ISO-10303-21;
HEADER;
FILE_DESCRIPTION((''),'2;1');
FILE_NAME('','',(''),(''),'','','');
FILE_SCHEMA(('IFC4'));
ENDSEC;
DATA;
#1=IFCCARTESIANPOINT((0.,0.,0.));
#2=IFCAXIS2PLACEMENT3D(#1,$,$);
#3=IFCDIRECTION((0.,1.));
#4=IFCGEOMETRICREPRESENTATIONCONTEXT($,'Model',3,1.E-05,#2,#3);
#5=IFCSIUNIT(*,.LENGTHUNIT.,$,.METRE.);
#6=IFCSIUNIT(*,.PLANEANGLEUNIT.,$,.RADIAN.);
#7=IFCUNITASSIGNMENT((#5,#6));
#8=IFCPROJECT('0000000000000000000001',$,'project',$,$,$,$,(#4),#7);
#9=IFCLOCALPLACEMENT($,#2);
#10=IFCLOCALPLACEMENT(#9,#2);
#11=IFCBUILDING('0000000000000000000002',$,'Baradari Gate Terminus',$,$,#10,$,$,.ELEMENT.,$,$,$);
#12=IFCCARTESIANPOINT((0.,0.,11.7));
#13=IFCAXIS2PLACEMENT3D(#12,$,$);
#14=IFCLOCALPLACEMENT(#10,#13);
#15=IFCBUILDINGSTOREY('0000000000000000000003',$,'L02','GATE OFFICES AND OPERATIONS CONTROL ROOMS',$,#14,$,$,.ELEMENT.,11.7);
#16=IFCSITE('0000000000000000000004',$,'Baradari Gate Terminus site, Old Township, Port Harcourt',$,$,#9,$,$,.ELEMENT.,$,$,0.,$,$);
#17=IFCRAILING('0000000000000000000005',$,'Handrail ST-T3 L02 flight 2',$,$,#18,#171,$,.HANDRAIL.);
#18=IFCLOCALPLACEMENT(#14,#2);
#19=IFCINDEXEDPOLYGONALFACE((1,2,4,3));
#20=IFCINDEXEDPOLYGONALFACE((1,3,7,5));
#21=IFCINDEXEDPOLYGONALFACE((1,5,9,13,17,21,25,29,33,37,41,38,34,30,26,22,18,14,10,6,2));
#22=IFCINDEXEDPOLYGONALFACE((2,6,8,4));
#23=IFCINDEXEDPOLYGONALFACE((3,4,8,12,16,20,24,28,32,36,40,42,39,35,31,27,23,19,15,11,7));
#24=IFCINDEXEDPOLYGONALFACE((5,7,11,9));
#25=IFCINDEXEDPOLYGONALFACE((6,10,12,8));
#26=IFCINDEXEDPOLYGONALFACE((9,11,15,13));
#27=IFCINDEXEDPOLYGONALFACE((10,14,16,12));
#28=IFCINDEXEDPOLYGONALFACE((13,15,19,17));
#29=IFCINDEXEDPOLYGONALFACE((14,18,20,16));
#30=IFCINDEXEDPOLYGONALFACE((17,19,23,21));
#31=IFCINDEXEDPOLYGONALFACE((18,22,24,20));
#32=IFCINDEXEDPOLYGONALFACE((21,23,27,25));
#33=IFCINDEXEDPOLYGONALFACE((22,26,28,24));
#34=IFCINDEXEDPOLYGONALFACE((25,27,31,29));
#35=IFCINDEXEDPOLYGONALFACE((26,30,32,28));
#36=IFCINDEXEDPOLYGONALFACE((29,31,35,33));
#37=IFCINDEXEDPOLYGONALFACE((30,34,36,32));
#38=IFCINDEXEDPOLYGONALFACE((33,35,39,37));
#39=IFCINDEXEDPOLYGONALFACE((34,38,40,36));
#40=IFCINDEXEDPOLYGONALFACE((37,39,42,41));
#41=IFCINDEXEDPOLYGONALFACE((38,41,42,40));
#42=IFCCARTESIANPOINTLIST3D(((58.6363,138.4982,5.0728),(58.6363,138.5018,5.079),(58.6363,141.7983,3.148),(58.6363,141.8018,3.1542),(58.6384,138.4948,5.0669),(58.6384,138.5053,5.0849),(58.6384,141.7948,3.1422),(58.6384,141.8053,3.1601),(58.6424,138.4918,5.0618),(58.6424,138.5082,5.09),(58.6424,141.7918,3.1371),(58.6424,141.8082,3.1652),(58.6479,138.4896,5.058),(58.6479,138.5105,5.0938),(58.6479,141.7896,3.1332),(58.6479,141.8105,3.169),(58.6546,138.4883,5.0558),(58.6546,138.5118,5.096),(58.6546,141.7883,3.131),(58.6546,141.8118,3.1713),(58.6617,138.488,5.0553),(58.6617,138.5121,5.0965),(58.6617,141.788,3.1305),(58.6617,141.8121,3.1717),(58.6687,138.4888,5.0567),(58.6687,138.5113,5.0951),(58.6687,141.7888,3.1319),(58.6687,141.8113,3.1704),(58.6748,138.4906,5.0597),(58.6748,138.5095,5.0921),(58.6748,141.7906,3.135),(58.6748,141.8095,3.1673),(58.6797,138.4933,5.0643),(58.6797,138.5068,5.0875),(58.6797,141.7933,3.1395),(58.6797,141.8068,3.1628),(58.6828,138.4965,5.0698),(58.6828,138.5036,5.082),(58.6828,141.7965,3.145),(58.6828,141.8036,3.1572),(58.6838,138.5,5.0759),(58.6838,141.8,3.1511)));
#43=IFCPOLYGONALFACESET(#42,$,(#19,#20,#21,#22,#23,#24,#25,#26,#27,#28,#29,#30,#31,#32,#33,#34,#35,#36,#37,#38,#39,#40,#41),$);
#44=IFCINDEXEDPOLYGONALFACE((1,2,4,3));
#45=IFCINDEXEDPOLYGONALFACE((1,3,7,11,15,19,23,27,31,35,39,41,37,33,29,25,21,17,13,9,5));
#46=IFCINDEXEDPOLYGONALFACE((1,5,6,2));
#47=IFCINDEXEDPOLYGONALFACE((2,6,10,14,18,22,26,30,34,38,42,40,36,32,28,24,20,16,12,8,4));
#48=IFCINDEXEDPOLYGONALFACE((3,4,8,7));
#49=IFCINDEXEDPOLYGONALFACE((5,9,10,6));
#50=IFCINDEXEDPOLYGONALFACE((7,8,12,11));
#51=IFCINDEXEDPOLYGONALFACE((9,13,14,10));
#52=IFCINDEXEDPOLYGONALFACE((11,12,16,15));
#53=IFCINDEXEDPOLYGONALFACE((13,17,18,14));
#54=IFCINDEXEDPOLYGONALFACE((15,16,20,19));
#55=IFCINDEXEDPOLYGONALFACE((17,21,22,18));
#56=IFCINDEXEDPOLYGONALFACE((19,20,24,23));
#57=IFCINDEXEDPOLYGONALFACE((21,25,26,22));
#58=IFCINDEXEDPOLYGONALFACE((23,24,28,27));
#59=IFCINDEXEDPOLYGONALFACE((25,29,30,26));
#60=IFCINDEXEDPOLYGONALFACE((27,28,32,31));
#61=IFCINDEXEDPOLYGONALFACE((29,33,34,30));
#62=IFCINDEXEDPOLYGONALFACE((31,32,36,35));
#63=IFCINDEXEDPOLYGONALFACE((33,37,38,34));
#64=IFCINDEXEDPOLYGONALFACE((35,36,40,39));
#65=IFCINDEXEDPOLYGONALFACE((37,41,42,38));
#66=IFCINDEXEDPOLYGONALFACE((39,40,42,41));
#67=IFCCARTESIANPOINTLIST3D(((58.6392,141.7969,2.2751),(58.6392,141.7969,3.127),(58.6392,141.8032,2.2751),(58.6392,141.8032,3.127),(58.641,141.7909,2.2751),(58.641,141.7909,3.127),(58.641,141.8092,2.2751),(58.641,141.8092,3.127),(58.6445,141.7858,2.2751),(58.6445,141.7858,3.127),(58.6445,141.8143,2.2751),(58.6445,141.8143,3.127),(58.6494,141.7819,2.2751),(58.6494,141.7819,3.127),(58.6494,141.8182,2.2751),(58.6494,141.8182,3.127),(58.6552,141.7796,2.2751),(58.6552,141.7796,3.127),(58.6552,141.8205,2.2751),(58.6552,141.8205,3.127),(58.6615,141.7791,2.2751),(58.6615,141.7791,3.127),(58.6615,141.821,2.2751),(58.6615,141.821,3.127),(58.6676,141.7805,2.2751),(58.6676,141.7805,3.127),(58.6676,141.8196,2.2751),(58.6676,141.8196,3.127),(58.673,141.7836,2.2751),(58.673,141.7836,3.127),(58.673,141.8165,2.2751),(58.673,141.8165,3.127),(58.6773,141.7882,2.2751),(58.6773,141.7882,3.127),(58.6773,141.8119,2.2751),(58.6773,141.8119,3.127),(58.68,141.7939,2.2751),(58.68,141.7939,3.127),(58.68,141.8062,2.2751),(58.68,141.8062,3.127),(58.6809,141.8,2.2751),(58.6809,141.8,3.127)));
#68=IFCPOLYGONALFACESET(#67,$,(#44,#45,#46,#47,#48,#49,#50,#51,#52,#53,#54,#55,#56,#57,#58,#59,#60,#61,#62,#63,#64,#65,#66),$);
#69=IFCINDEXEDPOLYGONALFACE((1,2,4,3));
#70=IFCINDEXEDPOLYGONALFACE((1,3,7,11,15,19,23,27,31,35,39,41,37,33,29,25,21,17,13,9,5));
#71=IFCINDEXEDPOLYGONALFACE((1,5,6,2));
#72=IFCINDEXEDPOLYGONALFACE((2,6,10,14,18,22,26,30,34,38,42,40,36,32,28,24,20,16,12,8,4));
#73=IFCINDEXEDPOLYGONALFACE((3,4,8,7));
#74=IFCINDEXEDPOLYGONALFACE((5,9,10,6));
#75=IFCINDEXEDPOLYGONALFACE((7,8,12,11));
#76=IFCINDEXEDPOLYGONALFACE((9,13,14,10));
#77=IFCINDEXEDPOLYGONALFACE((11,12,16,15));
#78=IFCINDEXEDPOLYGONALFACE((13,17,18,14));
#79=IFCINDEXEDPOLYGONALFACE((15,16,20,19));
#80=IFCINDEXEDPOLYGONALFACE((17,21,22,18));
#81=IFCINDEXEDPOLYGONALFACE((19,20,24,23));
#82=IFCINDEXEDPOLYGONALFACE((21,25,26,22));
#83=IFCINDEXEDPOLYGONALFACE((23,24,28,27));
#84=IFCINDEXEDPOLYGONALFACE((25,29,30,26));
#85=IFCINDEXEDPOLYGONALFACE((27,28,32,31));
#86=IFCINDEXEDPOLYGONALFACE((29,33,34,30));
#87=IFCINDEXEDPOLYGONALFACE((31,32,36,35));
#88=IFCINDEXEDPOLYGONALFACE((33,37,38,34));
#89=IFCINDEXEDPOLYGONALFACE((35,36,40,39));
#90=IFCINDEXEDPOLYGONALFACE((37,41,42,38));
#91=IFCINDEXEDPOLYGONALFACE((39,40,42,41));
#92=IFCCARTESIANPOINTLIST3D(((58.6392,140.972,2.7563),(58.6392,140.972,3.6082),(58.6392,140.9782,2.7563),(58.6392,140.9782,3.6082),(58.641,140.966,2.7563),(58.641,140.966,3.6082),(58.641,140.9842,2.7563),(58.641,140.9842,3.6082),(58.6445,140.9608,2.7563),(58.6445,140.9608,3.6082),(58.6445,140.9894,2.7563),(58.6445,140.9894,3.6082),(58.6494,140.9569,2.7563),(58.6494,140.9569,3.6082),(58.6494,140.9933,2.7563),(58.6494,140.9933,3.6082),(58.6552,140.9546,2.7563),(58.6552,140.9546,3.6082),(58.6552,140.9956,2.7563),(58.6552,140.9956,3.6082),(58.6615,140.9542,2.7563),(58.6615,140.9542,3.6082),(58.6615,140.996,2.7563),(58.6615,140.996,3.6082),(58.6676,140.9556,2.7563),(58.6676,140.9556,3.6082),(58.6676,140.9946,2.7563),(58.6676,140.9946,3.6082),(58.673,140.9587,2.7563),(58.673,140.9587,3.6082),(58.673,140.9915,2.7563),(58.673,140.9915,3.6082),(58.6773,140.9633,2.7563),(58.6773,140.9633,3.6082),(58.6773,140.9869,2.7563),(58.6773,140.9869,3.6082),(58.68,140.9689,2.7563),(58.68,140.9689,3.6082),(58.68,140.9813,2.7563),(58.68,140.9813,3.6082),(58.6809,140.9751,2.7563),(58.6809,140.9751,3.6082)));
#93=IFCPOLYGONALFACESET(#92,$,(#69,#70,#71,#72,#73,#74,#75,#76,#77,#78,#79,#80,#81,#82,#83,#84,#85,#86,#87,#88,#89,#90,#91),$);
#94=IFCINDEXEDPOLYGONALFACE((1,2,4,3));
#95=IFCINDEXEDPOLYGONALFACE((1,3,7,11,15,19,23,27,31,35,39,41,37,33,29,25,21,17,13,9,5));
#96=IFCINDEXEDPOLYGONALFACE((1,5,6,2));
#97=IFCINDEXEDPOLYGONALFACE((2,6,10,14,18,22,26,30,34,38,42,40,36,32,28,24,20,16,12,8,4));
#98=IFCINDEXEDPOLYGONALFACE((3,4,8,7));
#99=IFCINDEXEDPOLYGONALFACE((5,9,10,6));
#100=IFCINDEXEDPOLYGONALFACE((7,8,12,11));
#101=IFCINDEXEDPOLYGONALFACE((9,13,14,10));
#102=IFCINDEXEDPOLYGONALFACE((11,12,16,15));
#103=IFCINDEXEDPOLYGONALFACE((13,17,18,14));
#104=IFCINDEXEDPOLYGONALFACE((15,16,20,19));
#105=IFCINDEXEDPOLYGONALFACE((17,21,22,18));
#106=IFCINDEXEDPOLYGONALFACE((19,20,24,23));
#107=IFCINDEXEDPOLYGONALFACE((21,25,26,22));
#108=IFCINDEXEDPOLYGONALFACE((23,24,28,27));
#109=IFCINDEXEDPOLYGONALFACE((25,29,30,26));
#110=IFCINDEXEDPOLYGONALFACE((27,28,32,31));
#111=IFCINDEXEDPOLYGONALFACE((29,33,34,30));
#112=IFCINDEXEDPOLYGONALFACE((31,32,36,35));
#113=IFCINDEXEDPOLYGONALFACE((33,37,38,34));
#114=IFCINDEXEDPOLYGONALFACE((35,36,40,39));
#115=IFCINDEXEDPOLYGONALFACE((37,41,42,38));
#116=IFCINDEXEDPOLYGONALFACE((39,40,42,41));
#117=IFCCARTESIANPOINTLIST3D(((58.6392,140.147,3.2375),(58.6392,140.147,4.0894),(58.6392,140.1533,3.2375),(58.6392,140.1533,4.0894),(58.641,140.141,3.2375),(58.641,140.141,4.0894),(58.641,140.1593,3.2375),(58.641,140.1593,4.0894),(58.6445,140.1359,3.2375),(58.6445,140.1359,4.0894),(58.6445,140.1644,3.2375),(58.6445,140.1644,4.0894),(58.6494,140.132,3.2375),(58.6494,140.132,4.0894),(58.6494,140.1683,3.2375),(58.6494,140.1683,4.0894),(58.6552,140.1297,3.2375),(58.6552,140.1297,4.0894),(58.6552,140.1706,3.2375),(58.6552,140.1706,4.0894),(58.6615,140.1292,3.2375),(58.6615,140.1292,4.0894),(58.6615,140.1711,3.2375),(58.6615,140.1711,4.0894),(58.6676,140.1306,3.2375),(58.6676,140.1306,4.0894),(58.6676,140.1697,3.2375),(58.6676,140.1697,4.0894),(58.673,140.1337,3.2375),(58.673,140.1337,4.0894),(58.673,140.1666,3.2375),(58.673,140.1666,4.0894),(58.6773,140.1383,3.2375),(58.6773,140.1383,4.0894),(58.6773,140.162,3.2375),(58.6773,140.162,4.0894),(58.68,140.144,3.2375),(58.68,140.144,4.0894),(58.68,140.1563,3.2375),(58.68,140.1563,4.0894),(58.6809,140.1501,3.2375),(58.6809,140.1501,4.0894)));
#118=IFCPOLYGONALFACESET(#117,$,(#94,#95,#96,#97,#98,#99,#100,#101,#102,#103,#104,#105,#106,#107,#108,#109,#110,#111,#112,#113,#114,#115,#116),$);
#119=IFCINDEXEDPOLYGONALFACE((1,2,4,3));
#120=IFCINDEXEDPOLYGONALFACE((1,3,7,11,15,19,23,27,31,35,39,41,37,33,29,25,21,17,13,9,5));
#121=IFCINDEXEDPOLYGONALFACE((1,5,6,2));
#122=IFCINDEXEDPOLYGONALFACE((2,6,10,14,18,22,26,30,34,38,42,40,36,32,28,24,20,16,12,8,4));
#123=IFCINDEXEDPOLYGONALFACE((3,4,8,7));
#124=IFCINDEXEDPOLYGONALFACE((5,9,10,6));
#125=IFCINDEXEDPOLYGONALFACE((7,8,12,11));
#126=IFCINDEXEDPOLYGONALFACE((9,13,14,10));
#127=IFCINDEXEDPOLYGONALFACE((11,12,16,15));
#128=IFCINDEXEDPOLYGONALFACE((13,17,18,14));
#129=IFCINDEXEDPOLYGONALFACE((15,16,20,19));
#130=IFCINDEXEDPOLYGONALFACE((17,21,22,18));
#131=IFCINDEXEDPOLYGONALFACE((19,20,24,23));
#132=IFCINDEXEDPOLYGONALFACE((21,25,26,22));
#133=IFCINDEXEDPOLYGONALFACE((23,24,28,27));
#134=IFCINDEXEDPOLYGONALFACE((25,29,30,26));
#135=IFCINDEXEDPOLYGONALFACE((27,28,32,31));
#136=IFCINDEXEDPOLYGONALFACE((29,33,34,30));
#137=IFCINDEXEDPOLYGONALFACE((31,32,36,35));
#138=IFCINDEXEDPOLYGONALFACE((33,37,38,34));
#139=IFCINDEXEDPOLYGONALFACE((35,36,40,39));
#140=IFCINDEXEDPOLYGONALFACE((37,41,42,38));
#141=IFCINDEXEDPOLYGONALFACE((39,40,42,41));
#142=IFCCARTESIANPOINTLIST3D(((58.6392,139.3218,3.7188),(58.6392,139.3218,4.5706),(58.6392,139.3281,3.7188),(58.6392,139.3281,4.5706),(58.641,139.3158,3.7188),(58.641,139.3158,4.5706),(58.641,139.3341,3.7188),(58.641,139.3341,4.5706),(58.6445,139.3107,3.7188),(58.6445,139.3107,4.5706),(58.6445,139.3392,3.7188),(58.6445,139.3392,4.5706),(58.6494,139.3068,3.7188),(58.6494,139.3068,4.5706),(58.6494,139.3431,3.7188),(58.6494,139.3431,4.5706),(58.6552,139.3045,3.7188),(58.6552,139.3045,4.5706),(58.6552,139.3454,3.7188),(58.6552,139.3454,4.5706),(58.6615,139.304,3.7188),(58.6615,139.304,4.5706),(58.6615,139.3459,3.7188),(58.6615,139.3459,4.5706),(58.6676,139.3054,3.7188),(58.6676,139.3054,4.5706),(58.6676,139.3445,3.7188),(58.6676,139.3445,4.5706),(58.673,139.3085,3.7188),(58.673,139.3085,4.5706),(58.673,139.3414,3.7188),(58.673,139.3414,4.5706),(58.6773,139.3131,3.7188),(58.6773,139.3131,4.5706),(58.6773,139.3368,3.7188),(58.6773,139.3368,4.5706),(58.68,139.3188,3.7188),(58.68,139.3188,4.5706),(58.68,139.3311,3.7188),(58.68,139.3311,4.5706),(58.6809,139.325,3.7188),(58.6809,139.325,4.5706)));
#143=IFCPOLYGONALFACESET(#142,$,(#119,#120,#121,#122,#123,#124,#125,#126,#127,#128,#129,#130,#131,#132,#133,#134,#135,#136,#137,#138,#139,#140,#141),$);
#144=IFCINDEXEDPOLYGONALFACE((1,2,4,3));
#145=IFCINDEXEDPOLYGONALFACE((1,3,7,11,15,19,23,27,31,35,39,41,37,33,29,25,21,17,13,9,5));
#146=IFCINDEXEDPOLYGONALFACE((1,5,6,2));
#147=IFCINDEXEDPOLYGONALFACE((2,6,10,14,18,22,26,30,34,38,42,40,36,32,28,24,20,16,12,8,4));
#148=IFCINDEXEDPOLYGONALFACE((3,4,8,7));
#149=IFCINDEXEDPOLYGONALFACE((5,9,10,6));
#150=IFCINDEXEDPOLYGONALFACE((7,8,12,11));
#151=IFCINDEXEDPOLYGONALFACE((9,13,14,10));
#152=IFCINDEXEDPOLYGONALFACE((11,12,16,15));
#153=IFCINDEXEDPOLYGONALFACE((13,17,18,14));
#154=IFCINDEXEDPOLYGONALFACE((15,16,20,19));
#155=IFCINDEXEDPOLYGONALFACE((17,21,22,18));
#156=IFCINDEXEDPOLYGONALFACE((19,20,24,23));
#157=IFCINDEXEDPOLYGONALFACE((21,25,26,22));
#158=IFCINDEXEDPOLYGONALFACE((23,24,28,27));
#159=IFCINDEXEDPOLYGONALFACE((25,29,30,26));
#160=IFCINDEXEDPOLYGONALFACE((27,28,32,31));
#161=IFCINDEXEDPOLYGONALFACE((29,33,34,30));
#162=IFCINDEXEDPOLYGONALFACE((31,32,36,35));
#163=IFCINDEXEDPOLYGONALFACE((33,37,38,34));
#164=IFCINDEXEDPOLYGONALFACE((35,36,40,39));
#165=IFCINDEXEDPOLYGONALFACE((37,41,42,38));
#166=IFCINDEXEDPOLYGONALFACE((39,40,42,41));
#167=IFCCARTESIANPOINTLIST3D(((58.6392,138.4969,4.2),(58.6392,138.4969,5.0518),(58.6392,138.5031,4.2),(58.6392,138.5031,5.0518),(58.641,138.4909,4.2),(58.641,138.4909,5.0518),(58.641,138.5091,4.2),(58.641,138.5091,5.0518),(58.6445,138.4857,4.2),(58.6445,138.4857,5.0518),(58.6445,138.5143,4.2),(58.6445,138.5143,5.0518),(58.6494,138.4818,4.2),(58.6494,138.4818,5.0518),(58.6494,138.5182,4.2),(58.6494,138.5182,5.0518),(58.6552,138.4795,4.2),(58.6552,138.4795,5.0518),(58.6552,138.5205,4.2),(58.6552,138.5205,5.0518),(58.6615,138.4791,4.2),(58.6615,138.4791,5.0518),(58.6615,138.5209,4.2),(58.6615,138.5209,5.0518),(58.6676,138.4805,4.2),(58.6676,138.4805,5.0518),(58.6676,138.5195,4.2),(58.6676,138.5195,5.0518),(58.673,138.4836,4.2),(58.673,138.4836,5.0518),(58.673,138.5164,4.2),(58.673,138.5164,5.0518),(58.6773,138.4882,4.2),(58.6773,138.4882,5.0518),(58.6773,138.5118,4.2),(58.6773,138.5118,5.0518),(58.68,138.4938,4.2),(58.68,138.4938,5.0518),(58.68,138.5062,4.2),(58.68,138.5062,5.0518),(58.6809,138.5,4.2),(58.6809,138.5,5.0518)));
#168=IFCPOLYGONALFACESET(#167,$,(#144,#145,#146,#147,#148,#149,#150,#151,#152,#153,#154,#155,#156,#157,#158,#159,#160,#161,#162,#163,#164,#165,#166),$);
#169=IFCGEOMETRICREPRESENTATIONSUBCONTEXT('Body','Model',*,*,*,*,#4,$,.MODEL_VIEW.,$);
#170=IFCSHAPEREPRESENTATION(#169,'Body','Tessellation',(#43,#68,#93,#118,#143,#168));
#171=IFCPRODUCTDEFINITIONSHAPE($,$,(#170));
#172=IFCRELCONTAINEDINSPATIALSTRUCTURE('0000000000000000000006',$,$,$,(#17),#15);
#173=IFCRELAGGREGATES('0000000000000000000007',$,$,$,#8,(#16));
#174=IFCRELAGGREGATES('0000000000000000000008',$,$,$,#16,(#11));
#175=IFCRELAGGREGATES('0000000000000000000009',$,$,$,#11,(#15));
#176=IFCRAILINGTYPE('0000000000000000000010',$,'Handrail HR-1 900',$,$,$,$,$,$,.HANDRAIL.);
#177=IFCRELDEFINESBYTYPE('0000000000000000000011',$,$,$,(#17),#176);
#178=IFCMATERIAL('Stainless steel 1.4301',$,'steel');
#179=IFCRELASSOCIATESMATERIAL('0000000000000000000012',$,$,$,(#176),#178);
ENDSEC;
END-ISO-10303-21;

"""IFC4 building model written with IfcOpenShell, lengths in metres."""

from ifc_helpers import new_model, si_unit, direction, frame, origin, origin_2d, place, context, subcontext, project, spatial, circle, extrude, material, type_object, element, save


model = new_model("IFC4")

# Units and contexts
model_context = context("Model", 3, precision=1e-05, world=origin(), true_north=direction((0.0, 1.0)))
body_context = subcontext(model_context, "Body", "Model", "MODEL_VIEW")
ifc_project = project(units=[si_unit("LENGTHUNIT", "METRE"), si_unit("PLANEANGLEUNIT", "RADIAN")], contexts=[model_context])

# Site, building, storey
site_placement = place(None, origin())
site = spatial("IfcSite", under=ifc_project, at=site_placement, Name="Baradari Gate Terminus site, Old Township, Port Harcourt", CompositionType="ELEMENT", RefElevation=0.0)
building_placement = place(site_placement, origin())
building = spatial("IfcBuilding", under=site, at=building_placement, Name="Baradari Gate Terminus", CompositionType="ELEMENT")
storey_placement = place(building_placement, frame((0.0, 0.0, 11.7)))
storey = spatial("IfcBuildingStorey", under=building, at=storey_placement, Name="L02", Description="GATE OFFICES AND OPERATIONS CONTROL ROOMS", CompositionType="ELEMENT", Elevation=11.7)

# Railing
ifc_material_1 = material(Name="Stainless steel 1.4301", Category="steel")
railing_type = type_object("IfcRailingType", Name="Handrail HR-1 900", PredefinedType="HANDRAIL", material=ifc_material_1)
for number, where, name in (
    (1, (58.6599, 141.8, 2.2751), "Handrail ST-T3 L02 flight 2"),
):
    element("IfcRailing", number, at=place(storey_placement, frame(where)), inside=storey, type_object=railing_type, Name=name, PredefinedType="HANDRAIL", context=body_context, shape_type="SweptSolid", body=[
        extrude(circle(Radius=0.0239, at=origin_2d()), frame((0.0, 0.0, 0.876), z_axis=(0.0, -0.863804, 0.503827), x_axis=(1.0, 0.0, 0.0)), (0.0, 0.0, 1.0), 3.8203),
        extrude(circle(Radius=0.021, at=origin_2d()), origin(), (0.0, 0.0, 1.0), 0.8518),
        extrude(circle(Radius=0.021, at=origin_2d()), frame((0.0, -0.825, 0.4812)), (0.0, 0.0, 1.0), 0.8518),
        extrude(circle(Radius=0.021, at=origin_2d()), frame((0.0, -1.6499, 0.9624)), (0.0, 0.0, 1.0), 0.8518),
        extrude(circle(Radius=0.021, at=origin_2d()), frame((0.0, -2.4751, 1.4436)), (0.0, 0.0, 1.0), 0.8518),
        extrude(circle(Radius=0.021, at=origin_2d()), frame((0.0, -3.3, 1.9248)), (0.0, 0.0, 1.0), 0.8518),
    ])

save(model, "model.ifc")
